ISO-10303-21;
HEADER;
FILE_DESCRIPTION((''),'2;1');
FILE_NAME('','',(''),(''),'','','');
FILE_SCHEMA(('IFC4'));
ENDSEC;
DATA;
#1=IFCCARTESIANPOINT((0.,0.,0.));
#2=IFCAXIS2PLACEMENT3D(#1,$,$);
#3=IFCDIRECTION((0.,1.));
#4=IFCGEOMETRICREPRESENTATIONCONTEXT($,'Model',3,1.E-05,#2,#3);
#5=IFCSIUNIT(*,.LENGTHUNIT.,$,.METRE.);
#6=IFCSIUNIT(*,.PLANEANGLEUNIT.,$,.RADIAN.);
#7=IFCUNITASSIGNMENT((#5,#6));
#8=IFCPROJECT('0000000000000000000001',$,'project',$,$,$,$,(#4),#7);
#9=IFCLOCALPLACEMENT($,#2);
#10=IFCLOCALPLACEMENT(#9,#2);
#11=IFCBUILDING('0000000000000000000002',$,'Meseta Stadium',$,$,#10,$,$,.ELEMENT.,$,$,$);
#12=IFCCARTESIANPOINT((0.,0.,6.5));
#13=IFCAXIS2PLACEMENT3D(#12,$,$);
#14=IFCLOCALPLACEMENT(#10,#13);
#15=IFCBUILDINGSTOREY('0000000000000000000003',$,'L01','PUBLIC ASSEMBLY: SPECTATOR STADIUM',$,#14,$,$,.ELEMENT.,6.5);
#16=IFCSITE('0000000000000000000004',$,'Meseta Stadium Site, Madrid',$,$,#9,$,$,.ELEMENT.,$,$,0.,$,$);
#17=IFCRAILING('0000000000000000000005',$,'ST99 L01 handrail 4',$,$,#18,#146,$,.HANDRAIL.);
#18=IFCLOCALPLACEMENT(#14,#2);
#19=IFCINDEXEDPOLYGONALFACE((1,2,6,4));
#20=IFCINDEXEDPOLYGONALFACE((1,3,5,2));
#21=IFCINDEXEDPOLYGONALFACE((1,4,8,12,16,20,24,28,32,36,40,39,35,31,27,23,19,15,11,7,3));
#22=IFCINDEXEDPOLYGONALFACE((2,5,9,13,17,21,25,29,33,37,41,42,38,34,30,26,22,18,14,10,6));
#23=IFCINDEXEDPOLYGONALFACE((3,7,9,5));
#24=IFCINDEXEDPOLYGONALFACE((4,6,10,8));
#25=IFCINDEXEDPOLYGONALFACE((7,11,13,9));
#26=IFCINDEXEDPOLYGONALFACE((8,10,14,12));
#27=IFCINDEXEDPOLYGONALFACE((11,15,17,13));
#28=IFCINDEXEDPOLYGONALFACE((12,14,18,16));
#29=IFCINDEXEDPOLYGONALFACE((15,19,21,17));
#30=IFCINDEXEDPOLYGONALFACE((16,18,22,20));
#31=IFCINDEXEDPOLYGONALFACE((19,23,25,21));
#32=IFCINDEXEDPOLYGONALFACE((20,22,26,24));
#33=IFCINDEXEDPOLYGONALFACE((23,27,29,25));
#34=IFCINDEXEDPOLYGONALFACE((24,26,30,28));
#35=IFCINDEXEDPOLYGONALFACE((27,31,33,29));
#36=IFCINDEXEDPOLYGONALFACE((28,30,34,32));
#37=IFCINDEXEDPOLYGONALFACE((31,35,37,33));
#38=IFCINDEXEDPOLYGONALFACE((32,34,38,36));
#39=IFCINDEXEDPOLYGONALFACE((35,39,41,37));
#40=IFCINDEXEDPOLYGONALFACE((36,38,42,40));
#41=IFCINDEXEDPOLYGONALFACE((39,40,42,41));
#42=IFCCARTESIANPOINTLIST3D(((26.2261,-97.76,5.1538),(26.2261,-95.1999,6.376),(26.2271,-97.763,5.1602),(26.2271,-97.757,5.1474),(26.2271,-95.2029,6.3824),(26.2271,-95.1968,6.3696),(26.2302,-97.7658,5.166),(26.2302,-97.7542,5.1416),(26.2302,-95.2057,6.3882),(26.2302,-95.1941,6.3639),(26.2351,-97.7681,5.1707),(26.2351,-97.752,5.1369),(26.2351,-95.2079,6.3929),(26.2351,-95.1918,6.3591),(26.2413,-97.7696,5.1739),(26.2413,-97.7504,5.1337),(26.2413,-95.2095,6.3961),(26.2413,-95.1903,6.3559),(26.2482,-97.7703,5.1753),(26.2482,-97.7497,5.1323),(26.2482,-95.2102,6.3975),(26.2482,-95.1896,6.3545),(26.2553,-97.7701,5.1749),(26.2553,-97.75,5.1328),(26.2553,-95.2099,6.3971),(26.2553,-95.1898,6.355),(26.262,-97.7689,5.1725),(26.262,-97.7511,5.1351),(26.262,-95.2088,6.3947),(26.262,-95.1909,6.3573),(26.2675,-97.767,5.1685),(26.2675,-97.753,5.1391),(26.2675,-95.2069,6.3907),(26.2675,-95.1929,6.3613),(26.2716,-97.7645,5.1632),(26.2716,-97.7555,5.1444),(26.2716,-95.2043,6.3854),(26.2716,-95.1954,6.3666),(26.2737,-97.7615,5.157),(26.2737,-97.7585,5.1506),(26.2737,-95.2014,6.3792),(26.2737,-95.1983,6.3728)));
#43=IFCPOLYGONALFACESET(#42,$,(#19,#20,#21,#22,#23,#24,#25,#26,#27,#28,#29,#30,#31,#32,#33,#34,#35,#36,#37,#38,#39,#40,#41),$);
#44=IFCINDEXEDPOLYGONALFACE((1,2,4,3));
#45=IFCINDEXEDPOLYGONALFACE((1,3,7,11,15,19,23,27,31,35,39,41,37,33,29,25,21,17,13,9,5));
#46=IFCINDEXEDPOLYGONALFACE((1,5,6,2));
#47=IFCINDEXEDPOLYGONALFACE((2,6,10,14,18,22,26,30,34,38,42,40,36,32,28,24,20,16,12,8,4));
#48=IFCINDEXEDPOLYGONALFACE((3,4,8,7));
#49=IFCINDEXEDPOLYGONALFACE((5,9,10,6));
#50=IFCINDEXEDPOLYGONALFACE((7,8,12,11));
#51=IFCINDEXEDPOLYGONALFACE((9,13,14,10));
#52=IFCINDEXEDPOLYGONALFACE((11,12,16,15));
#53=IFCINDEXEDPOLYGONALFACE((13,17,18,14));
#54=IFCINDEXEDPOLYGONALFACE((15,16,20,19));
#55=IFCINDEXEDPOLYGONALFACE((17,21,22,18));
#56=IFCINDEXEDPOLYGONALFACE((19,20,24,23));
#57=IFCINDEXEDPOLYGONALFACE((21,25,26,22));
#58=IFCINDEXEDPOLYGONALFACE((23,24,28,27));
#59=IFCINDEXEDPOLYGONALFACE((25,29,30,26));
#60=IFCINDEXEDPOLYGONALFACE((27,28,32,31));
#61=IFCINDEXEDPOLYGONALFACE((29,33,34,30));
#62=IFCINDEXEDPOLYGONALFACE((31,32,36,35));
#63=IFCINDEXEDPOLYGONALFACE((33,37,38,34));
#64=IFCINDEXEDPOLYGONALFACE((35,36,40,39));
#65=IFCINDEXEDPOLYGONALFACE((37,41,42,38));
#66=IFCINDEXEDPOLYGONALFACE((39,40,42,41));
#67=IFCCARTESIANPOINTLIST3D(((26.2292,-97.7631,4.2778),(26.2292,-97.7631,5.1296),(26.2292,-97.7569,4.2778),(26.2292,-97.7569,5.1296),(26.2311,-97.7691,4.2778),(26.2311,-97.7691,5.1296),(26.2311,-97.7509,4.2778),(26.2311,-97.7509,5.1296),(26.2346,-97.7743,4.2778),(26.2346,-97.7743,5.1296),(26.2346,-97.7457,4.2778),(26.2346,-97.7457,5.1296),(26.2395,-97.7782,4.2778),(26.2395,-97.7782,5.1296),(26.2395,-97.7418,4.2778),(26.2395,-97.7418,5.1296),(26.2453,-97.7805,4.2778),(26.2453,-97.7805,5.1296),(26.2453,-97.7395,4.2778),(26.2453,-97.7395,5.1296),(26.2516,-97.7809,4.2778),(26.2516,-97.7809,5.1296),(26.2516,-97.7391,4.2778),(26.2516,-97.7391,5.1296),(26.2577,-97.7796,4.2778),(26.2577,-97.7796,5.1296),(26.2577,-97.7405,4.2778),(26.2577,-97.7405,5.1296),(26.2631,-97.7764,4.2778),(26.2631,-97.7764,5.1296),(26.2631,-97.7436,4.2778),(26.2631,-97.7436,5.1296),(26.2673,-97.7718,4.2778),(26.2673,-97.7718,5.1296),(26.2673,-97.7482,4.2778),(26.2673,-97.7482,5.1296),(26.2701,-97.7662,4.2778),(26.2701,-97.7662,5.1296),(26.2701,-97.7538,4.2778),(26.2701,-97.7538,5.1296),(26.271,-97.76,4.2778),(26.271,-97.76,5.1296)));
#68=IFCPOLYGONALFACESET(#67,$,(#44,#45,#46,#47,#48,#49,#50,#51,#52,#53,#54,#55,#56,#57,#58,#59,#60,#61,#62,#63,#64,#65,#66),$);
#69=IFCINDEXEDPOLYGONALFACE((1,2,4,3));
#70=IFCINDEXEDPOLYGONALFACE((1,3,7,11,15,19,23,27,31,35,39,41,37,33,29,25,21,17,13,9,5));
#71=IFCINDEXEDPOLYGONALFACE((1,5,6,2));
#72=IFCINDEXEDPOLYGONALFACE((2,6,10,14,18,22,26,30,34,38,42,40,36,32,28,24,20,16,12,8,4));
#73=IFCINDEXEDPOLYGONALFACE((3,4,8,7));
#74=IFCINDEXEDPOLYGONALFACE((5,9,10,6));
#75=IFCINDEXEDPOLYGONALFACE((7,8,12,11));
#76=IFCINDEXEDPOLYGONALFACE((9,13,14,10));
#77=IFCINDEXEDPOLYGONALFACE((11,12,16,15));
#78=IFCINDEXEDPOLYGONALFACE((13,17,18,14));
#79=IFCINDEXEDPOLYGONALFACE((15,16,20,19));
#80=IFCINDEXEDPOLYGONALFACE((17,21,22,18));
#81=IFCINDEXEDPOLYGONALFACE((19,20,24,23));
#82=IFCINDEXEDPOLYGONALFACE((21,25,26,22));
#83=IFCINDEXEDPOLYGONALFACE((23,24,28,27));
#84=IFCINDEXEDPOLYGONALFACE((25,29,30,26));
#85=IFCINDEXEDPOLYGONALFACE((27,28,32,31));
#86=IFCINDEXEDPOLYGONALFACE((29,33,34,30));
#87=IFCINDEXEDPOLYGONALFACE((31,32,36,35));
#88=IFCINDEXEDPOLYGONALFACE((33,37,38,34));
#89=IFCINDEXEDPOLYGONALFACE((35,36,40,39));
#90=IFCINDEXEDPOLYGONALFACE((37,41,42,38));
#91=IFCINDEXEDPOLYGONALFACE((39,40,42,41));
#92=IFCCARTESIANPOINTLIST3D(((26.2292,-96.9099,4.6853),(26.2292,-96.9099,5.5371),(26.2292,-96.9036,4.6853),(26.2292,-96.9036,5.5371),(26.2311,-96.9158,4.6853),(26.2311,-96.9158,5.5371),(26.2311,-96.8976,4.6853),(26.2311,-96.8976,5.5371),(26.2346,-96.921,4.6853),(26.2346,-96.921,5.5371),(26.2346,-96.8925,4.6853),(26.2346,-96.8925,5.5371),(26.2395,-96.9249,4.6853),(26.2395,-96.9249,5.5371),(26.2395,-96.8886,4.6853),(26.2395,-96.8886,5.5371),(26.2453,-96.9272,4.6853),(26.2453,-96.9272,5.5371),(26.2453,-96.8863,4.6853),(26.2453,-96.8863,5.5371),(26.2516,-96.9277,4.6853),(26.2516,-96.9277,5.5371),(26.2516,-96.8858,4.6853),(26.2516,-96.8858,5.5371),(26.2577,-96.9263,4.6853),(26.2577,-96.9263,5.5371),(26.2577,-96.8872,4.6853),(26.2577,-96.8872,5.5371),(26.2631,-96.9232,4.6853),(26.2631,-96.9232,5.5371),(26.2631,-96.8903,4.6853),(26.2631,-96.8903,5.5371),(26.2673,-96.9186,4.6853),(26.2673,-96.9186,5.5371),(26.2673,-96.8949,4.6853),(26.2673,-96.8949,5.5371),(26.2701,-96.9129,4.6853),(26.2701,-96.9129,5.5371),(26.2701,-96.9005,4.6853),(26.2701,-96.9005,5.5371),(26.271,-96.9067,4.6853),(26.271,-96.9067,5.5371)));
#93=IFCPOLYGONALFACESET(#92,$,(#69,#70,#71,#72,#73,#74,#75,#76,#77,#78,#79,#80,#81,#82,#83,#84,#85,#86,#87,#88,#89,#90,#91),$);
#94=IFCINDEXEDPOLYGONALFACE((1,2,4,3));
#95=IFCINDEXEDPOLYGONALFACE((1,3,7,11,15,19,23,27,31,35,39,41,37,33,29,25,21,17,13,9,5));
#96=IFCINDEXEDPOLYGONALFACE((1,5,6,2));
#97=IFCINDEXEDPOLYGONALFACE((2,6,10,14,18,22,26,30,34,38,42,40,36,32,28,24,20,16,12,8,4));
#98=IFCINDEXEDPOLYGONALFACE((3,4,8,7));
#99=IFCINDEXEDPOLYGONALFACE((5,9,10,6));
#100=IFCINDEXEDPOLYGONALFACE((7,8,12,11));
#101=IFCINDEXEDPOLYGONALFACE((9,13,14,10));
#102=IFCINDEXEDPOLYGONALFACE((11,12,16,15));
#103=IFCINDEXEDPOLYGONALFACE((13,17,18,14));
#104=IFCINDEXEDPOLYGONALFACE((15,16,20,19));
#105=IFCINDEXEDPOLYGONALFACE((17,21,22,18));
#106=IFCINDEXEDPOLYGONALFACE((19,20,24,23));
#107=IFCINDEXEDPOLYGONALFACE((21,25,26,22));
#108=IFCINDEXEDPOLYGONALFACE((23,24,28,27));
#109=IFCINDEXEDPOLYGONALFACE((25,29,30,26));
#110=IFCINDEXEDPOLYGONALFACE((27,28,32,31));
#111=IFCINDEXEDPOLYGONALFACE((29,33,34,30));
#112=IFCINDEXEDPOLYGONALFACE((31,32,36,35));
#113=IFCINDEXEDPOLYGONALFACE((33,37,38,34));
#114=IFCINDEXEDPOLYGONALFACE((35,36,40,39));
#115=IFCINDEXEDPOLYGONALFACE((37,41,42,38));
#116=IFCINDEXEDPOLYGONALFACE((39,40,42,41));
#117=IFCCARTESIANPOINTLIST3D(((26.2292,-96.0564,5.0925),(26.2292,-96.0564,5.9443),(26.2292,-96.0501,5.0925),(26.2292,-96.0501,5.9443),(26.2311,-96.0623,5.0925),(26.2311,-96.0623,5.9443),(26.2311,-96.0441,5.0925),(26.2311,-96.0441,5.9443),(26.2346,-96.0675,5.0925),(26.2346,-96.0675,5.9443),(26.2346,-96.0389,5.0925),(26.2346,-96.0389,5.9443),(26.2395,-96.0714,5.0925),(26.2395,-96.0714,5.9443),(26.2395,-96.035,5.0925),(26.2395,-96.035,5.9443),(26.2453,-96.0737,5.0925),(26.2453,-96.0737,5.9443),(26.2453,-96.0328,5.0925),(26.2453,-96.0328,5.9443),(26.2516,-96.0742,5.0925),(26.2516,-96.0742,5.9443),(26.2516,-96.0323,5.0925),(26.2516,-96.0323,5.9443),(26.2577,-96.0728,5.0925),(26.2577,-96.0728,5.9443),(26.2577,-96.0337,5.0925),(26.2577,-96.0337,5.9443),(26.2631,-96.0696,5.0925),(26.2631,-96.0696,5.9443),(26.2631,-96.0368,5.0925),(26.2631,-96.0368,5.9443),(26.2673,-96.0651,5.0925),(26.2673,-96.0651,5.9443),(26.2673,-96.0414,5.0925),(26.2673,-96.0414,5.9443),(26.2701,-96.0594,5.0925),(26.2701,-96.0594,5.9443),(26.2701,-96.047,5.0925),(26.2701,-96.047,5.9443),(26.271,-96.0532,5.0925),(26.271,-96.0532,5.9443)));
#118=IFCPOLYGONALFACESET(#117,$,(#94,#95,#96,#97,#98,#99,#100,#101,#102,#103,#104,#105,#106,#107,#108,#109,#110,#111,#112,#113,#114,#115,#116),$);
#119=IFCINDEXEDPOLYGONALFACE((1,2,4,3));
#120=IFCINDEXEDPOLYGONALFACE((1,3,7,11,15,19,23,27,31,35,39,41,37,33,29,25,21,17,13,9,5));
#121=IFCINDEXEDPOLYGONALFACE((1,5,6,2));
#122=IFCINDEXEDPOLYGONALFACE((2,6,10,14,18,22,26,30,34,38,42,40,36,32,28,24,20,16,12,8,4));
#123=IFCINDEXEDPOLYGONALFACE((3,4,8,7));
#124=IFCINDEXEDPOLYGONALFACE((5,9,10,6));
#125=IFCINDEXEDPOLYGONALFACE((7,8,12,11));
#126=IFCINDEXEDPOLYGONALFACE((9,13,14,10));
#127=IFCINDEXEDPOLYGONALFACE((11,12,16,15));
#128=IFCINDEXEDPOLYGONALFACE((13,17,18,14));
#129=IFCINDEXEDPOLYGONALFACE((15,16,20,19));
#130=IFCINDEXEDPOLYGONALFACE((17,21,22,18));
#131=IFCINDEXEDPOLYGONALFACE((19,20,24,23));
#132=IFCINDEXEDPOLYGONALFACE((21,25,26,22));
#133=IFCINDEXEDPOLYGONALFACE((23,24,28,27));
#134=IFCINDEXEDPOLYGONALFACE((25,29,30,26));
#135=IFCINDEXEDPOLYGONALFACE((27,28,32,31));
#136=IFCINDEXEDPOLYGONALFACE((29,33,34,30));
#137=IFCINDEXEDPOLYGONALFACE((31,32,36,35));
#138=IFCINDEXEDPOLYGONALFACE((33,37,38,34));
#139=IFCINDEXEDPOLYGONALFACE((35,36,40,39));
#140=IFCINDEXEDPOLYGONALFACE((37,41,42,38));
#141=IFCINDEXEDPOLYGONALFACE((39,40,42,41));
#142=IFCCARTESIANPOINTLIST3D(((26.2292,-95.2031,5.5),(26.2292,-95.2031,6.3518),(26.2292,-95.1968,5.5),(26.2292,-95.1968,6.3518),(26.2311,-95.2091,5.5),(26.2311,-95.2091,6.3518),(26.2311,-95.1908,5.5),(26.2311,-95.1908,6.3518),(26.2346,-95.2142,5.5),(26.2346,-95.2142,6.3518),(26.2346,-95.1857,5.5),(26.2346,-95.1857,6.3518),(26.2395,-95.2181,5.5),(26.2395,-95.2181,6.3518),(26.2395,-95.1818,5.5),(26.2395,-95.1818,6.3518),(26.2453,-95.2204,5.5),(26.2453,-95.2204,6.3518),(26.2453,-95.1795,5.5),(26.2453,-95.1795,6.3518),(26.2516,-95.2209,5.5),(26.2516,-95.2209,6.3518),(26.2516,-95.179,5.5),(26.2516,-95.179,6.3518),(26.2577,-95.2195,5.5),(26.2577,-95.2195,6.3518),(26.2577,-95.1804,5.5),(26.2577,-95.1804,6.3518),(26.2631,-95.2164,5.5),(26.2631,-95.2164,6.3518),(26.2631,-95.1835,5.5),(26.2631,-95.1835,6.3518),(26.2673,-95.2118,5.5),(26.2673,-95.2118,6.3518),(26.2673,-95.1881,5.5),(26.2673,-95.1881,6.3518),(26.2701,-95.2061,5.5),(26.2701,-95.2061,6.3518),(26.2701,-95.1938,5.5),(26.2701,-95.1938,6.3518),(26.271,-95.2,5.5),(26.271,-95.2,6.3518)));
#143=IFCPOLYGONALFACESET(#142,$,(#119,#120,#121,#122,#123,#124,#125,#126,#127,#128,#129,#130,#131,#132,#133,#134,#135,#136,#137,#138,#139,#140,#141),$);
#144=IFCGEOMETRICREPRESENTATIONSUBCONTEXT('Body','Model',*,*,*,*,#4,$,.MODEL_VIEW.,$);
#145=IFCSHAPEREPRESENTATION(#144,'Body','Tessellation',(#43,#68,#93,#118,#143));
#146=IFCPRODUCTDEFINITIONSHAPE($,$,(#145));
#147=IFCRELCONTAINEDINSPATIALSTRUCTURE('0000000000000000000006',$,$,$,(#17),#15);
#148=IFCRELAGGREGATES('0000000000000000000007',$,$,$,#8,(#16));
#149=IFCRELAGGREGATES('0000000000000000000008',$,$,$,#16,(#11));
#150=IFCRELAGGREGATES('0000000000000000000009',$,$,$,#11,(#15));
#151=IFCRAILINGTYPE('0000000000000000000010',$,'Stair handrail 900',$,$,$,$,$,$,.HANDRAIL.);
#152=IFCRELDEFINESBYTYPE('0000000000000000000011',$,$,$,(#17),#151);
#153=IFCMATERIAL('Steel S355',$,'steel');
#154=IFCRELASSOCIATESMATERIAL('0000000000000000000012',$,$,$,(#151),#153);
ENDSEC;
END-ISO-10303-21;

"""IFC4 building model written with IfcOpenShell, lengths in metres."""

from ifc_helpers import new_model, si_unit, direction, frame, origin, origin_2d, place, context, subcontext, project, spatial, circle, extrude, material, type_object, element, save


model = new_model("IFC4")

# Units and contexts
model_context = context("Model", 3, precision=1e-05, world=origin(), true_north=direction((0.0, 1.0)))
body_context = subcontext(model_context, "Body", "Model", "MODEL_VIEW")
ifc_project = project(units=[si_unit("LENGTHUNIT", "METRE"), si_unit("PLANEANGLEUNIT", "RADIAN")], contexts=[model_context])

# Site, building, storey
site_placement = place(None, origin())
site = spatial("IfcSite", under=ifc_project, at=site_placement, Name="Meseta Stadium Site, Madrid", CompositionType="ELEMENT", RefElevation=0.0)
building_placement = place(site_placement, origin())
building = spatial("IfcBuilding", under=site, at=building_placement, Name="Meseta Stadium", CompositionType="ELEMENT")
storey_placement = place(building_placement, frame((0.0, 0.0, 6.5)))
storey = spatial("IfcBuildingStorey", under=building, at=storey_placement, Name="L01", Description="PUBLIC ASSEMBLY: SPECTATOR STADIUM", CompositionType="ELEMENT", Elevation=6.5)

# Railing
ifc_material_1 = material(Name="Steel S355", Category="steel")
railing_type_1 = type_object("IfcRailingType", Name="Stair handrail 900", PredefinedType="HANDRAIL", material=ifc_material_1)
for number, where, name in (
    (1, (26.25, -97.76, 4.2778), "ST99 L01 handrail 4"),
):
    element("IfcRailing", number, at=place(storey_placement, frame(where)), inside=storey, type_object=railing_type_1, Name=name, PredefinedType="HANDRAIL", context=body_context, shape_type="SweptSolid", body=[
        extrude(circle(Radius=0.0239, at=origin_2d()), frame((0.0, 0.0, 0.876), z_axis=(0.0, 0.902437, 0.430822), x_axis=(-1.0, 0.0, 0.0)), (0.0, 0.0, 1.0), 2.8369),
        extrude(circle(Radius=0.021, at=origin_2d()), origin(), (0.0, 0.0, 1.0), 0.8518),
        extrude(circle(Radius=0.021, at=origin_2d()), frame((0.0, 0.8533, 0.4075)), (0.0, 0.0, 1.0), 0.8518),
        extrude(circle(Radius=0.021, at=origin_2d()), frame((0.0, 1.7068, 0.8147)), (0.0, 0.0, 1.0), 0.8518),
        extrude(circle(Radius=0.021, at=origin_2d()), frame((0.0, 2.5601, 1.2222)), (0.0, 0.0, 1.0), 0.8518),
    ])

save(model, "model.ifc")
